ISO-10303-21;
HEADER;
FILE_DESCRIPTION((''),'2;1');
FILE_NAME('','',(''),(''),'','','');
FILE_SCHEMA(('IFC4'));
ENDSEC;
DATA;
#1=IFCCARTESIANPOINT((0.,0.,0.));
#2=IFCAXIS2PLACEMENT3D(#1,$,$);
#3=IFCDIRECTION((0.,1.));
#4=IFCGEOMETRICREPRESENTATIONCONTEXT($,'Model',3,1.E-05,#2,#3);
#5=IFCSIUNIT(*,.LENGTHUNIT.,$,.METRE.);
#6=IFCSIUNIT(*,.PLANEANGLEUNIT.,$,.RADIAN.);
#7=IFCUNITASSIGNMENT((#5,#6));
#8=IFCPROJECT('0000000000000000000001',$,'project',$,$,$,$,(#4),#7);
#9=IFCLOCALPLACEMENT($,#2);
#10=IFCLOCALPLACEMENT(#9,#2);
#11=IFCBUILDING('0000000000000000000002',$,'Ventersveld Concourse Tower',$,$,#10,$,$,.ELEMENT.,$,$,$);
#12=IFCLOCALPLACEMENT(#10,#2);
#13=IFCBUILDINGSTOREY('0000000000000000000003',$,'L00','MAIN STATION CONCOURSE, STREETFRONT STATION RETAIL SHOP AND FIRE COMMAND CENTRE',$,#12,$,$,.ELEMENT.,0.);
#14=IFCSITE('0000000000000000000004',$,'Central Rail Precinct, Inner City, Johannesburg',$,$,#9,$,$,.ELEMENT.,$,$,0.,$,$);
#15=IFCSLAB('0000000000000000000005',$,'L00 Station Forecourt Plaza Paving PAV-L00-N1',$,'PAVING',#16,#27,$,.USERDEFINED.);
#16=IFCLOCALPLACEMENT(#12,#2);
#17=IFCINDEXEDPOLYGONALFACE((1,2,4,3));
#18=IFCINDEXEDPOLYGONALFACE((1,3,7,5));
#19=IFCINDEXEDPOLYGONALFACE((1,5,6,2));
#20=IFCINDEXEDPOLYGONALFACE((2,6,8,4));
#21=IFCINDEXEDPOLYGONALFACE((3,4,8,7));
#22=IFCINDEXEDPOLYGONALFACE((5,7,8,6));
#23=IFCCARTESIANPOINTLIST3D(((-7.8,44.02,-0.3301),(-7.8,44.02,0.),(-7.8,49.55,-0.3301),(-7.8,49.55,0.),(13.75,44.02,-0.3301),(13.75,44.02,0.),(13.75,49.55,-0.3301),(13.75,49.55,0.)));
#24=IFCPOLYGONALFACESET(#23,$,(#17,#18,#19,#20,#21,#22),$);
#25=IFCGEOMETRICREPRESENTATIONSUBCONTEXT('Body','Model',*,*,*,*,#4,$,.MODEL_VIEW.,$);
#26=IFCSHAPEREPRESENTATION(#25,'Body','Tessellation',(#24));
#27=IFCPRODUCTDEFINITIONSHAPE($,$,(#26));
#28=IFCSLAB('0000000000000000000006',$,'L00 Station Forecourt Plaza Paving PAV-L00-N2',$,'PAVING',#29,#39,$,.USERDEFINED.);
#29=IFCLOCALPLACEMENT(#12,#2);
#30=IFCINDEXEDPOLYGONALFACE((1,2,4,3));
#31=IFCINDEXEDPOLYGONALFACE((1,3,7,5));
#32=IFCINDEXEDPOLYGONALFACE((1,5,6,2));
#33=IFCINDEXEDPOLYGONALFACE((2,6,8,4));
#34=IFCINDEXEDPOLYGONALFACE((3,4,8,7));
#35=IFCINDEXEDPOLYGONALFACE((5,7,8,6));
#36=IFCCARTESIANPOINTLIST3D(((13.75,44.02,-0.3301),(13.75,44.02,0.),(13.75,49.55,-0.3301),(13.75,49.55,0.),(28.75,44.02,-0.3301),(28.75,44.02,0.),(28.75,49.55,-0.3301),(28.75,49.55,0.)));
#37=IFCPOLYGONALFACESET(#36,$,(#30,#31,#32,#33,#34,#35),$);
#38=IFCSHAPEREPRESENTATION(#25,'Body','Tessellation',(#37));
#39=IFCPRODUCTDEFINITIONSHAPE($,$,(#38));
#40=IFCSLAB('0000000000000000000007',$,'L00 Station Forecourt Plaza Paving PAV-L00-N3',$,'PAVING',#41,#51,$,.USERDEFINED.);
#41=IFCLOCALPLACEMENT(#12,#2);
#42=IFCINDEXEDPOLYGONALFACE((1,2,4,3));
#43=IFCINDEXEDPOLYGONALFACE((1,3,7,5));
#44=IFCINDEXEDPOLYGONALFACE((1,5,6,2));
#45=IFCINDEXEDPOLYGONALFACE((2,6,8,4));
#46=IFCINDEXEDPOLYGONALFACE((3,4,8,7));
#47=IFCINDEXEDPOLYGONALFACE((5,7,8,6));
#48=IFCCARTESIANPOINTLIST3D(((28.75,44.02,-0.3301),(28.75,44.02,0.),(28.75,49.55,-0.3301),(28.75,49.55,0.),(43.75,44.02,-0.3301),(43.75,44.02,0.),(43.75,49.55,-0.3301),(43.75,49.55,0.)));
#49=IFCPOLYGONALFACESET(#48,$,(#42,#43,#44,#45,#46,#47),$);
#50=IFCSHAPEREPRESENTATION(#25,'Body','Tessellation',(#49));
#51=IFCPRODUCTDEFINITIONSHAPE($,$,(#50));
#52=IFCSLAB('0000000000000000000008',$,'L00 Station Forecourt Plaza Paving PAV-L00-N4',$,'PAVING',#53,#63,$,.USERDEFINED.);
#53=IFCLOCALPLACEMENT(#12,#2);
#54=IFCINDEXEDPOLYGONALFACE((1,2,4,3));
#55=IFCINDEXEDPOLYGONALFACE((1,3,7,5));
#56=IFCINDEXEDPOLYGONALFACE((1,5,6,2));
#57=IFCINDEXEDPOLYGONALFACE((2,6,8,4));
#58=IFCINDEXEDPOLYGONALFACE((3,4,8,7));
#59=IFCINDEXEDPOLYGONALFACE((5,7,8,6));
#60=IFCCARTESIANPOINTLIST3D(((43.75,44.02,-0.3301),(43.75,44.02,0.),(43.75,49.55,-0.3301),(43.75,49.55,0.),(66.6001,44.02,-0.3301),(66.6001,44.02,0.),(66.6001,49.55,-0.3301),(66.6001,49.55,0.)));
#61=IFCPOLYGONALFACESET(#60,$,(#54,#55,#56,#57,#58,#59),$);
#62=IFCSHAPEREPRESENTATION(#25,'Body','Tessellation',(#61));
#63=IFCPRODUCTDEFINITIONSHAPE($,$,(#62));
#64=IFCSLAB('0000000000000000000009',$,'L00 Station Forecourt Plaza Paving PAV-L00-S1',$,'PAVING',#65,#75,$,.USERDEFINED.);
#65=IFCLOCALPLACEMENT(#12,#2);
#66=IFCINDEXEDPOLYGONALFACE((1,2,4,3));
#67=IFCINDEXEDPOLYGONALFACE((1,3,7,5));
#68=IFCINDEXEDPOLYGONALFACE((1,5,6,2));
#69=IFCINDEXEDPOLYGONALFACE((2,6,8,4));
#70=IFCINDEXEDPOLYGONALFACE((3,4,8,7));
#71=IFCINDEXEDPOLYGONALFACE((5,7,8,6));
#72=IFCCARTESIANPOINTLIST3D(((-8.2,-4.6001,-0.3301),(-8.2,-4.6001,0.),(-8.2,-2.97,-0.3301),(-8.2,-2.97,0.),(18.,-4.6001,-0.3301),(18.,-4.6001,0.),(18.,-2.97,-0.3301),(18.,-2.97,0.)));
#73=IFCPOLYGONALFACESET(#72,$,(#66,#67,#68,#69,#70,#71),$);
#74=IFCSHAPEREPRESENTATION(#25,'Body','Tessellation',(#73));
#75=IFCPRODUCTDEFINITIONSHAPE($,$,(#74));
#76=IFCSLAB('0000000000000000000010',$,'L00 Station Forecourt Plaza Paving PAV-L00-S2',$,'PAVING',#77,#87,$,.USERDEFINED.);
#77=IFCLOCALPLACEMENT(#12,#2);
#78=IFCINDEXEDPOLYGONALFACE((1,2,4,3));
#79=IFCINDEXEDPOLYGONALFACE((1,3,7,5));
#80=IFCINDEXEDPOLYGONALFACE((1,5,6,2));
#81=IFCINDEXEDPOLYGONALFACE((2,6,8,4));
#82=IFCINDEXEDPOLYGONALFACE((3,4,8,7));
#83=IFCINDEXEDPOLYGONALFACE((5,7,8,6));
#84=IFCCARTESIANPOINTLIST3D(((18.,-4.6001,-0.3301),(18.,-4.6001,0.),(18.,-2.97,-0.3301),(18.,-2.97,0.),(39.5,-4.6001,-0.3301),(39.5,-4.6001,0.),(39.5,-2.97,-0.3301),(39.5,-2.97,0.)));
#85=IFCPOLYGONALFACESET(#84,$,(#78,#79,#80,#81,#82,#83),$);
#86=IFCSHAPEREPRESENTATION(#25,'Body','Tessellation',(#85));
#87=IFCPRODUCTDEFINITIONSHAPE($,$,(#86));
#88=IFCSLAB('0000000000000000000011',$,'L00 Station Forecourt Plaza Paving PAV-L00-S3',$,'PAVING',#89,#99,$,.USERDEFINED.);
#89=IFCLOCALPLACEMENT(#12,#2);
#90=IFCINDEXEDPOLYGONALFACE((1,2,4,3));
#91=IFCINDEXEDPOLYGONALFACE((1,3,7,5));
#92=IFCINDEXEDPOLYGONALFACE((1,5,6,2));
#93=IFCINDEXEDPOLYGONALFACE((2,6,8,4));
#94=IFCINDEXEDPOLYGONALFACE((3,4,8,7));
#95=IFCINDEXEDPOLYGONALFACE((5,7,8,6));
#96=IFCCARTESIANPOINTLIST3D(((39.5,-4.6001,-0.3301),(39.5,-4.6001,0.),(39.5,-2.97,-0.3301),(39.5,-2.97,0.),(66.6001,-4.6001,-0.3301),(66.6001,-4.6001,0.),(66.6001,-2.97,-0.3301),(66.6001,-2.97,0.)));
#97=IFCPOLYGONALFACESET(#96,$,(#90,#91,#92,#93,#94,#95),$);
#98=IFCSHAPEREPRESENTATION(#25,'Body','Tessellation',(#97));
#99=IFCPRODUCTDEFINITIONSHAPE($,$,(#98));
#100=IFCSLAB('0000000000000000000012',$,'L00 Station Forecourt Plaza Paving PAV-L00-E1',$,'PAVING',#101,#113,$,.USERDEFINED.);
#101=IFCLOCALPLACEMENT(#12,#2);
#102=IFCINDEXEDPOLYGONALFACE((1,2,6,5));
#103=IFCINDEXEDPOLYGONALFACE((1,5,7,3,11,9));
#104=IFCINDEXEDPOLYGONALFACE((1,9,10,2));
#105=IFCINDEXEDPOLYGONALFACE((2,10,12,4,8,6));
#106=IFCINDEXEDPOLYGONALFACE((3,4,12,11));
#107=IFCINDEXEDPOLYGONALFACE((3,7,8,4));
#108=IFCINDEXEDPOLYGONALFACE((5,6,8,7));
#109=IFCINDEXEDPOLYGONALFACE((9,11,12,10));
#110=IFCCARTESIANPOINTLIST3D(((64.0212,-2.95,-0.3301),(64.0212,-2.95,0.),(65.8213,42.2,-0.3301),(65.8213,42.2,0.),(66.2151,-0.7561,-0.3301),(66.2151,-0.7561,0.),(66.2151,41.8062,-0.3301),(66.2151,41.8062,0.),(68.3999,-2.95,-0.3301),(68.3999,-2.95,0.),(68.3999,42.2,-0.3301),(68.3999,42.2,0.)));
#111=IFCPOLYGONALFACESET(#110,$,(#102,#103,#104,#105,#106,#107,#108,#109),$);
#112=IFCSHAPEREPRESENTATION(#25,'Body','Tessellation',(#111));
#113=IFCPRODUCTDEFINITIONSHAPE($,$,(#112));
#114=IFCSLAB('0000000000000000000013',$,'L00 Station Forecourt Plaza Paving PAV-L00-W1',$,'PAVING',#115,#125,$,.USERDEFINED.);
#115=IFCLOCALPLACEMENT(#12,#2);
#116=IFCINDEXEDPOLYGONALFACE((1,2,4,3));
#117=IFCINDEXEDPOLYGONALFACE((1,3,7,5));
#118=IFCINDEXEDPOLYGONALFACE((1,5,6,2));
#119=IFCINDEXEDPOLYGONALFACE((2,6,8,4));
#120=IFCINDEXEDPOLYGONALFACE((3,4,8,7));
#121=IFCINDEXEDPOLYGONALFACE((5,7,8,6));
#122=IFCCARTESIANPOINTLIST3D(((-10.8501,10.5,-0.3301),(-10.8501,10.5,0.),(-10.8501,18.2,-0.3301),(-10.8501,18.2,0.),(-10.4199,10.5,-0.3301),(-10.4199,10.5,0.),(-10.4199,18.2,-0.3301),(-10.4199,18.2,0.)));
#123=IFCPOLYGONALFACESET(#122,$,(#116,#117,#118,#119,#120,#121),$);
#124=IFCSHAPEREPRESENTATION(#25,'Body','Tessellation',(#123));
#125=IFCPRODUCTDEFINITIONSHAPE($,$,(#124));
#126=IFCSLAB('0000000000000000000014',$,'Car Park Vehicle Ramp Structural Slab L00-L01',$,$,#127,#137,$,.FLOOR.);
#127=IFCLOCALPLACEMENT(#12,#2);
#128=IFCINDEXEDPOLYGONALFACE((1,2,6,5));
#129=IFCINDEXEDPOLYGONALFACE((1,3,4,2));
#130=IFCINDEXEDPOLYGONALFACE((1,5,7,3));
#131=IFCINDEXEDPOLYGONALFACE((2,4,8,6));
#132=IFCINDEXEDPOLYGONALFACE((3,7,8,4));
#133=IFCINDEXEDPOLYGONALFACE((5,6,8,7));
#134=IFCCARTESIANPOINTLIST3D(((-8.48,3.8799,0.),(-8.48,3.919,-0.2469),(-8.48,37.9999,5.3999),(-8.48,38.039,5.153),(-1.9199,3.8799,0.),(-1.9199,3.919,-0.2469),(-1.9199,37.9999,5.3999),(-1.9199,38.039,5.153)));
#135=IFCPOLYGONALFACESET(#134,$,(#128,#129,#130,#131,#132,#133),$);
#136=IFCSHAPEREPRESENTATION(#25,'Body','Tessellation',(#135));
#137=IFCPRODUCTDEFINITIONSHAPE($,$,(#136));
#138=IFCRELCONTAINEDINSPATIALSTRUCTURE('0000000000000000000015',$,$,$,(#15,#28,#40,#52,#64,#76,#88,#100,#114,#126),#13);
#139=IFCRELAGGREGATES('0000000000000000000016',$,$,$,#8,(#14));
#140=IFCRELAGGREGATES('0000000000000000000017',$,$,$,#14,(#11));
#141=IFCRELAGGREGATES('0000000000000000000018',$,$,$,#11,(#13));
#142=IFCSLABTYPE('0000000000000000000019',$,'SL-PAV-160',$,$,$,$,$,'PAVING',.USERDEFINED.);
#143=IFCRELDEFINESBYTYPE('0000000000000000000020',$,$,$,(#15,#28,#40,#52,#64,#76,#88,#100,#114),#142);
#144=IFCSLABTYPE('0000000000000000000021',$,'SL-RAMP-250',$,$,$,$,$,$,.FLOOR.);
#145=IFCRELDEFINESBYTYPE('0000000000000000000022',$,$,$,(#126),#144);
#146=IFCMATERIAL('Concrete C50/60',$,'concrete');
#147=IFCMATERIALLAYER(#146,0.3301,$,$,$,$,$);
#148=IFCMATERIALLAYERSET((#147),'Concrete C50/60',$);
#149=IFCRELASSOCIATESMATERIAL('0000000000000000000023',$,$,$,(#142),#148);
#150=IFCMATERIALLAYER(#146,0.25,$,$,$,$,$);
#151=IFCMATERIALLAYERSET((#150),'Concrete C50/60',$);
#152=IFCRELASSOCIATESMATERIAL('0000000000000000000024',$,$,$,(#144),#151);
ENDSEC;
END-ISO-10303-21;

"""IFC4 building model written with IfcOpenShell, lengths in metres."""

from ifc_helpers import new_model, si_unit, direction, frame, origin, place, context, subcontext, project, spatial, polyline, outline, extrude, material, layer, layer_set, type_object, element, save


model = new_model("IFC4")

# Units and contexts
model_context = context("Model", 3, precision=1e-05, world=origin(), true_north=direction((0.0, 1.0)))
body_context = subcontext(model_context, "Body", "Model", "MODEL_VIEW")
ifc_project = project(units=[si_unit("LENGTHUNIT", "METRE"), si_unit("PLANEANGLEUNIT", "RADIAN")], contexts=[model_context])

# Site, building, storey
site_placement = place(None, origin())
site = spatial("IfcSite", under=ifc_project, at=site_placement, Name="Central Rail Precinct, Inner City, Johannesburg", CompositionType="ELEMENT", RefElevation=0.0)
building_placement = place(site_placement, origin())
building = spatial("IfcBuilding", under=site, at=building_placement, Name="Ventersveld Concourse Tower", CompositionType="ELEMENT")
storey_placement = place(building_placement, origin())
storey = spatial("IfcBuildingStorey", under=building, at=storey_placement, Name="L00", Description="MAIN STATION CONCOURSE, STREETFRONT STATION RETAIL SHOP AND FIRE COMMAND CENTRE", CompositionType="ELEMENT", Elevation=0.0)

# Shared definitions
ifc_material_1 = material(Name="Concrete C50/60", Category="concrete")

# Slabs
ifc_layer_1 = layer(ifc_material_1, 0.3301)
ifc_layer_set_1 = layer_set([ifc_layer_1], Name="Concrete C50/60")
slab_type_1 = type_object("IfcSlabType", Name="SL-PAV-160", ElementType="PAVING", PredefinedType="USERDEFINED", material=ifc_layer_set_1)
slab_1_placement = place(storey_placement, frame((0.0, 0.0, -0.3301)))
element("IfcSlab", 1, at=slab_1_placement, inside=storey, type_object=slab_type_1, Name="L00 Station Forecourt Plaza Paving PAV-L00-N1", ObjectType="PAVING", PredefinedType="USERDEFINED", context=body_context, shape_type="SweptSolid", body=[
    extrude(outline(polyline([(-7.8, 49.55), (13.75, 49.55), (13.75, 44.02), (-7.8, 44.02), (-7.8, 49.55)])), origin(), (0.0, 0.0, 1.0), 0.3301),
])
slab_2_placement = place(storey_placement, frame((0.0, 0.0, -0.3301)))
element("IfcSlab", 2, at=slab_2_placement, inside=storey, type_object=slab_type_1, Name="L00 Station Forecourt Plaza Paving PAV-L00-N2", ObjectType="PAVING", PredefinedType="USERDEFINED", context=body_context, shape_type="SweptSolid", body=[
    extrude(outline(polyline([(13.75, 49.55), (28.75, 49.55), (28.75, 44.02), (13.75, 44.02), (13.75, 49.55)])), origin(), (0.0, 0.0, 1.0), 0.3301),
])
slab_3_placement = place(storey_placement, frame((0.0, 0.0, -0.3301)))
element("IfcSlab", 3, at=slab_3_placement, inside=storey, type_object=slab_type_1, Name="L00 Station Forecourt Plaza Paving PAV-L00-N3", ObjectType="PAVING", PredefinedType="USERDEFINED", context=body_context, shape_type="SweptSolid", body=[
    extrude(outline(polyline([(28.75, 49.55), (43.75, 49.55), (43.75, 44.02), (28.75, 44.02), (28.75, 49.55)])), origin(), (0.0, 0.0, 1.0), 0.3301),
])
slab_4_placement = place(storey_placement, frame((0.0, 0.0, -0.3301)))
element("IfcSlab", 4, at=slab_4_placement, inside=storey, type_object=slab_type_1, Name="L00 Station Forecourt Plaza Paving PAV-L00-N4", ObjectType="PAVING", PredefinedType="USERDEFINED", context=body_context, shape_type="SweptSolid", body=[
    extrude(outline(polyline([(43.75, 49.55), (66.6001, 49.55), (66.6001, 44.02), (43.75, 44.02), (43.75, 49.55)])), origin(), (0.0, 0.0, 1.0), 0.3301),
])
slab_5_placement = place(storey_placement, frame((0.0, 0.0, -0.3301)))
element("IfcSlab", 5, at=slab_5_placement, inside=storey, type_object=slab_type_1, Name="L00 Station Forecourt Plaza Paving PAV-L00-S1", ObjectType="PAVING", PredefinedType="USERDEFINED", context=body_context, shape_type="SweptSolid", body=[
    extrude(outline(polyline([(-8.2, -2.97), (18.0, -2.97), (18.0, -4.6001), (-8.2, -4.6001), (-8.2, -2.97)])), origin(), (0.0, 0.0, 1.0), 0.3301),
])
slab_6_placement = place(storey_placement, frame((0.0, 0.0, -0.3301)))
element("IfcSlab", 6, at=slab_6_placement, inside=storey, type_object=slab_type_1, Name="L00 Station Forecourt Plaza Paving PAV-L00-S2", ObjectType="PAVING", PredefinedType="USERDEFINED", context=body_context, shape_type="SweptSolid", body=[
    extrude(outline(polyline([(18.0, -2.97), (39.5, -2.97), (39.5, -4.6001), (18.0, -4.6001), (18.0, -2.97)])), origin(), (0.0, 0.0, 1.0), 0.3301),
])
slab_7_placement = place(storey_placement, frame((0.0, 0.0, -0.3301)))
element("IfcSlab", 7, at=slab_7_placement, inside=storey, type_object=slab_type_1, Name="L00 Station Forecourt Plaza Paving PAV-L00-S3", ObjectType="PAVING", PredefinedType="USERDEFINED", context=body_context, shape_type="SweptSolid", body=[
    extrude(outline(polyline([(39.5, -2.97), (66.6001, -2.97), (66.6001, -4.6001), (39.5, -4.6001), (39.5, -2.97)])), origin(), (0.0, 0.0, 1.0), 0.3301),
])
slab_8_placement = place(storey_placement, frame((0.0, 0.0, -0.3301)))
element("IfcSlab", 8, at=slab_8_placement, inside=storey, type_object=slab_type_1, Name="L00 Station Forecourt Plaza Paving PAV-L00-E1", ObjectType="PAVING", PredefinedType="USERDEFINED", context=body_context, shape_type="SweptSolid", body=[
    extrude(outline(polyline([(68.3999, 42.2), (68.3999, -2.95), (64.0212, -2.95), (66.2151, -0.7561), (66.2151, 41.8062), (65.8213, 42.2), (68.3999, 42.2)])), origin(), (0.0, 0.0, 1.0), 0.3301),
])
slab_9_placement = place(storey_placement, frame((0.0, 0.0, -0.3301)))
element("IfcSlab", 9, at=slab_9_placement, inside=storey, type_object=slab_type_1, Name="L00 Station Forecourt Plaza Paving PAV-L00-W1", ObjectType="PAVING", PredefinedType="USERDEFINED", context=body_context, shape_type="SweptSolid", body=[
    extrude(outline(polyline([(-10.8501, 18.2), (-10.4199, 18.2), (-10.4199, 10.5), (-10.8501, 10.5), (-10.8501, 18.2)])), origin(), (0.0, 0.0, 1.0), 0.3301),
])
ifc_layer_2 = layer(ifc_material_1, 0.25)
ifc_layer_set_2 = layer_set([ifc_layer_2], Name="Concrete C50/60")
slab_type_2 = type_object("IfcSlabType", Name="SL-RAMP-250", PredefinedType="FLOOR", material=ifc_layer_set_2)
slab_10_placement = place(storey_placement, frame((-8.48, 3.8799, 0.0), z_axis=(0.0, -0.156316, 0.987707), x_axis=(1.0, 0.0, 0.0)))
element("IfcSlab", 10, at=slab_10_placement, inside=storey, type_object=slab_type_2, Name="Car Park Vehicle Ramp Structural Slab L00-L01", PredefinedType="FLOOR", context=body_context, shape_type="SweptSolid", body=[
    extrude(outline(polyline([(0.0, 0.0), (6.5601, 0.0), (6.5601, 34.5447), (0.0, 34.5447), (0.0, 0.0)])), origin(), (0.0, 0.0, -1.0), 0.25),
])

save(model, "model.ifc")
